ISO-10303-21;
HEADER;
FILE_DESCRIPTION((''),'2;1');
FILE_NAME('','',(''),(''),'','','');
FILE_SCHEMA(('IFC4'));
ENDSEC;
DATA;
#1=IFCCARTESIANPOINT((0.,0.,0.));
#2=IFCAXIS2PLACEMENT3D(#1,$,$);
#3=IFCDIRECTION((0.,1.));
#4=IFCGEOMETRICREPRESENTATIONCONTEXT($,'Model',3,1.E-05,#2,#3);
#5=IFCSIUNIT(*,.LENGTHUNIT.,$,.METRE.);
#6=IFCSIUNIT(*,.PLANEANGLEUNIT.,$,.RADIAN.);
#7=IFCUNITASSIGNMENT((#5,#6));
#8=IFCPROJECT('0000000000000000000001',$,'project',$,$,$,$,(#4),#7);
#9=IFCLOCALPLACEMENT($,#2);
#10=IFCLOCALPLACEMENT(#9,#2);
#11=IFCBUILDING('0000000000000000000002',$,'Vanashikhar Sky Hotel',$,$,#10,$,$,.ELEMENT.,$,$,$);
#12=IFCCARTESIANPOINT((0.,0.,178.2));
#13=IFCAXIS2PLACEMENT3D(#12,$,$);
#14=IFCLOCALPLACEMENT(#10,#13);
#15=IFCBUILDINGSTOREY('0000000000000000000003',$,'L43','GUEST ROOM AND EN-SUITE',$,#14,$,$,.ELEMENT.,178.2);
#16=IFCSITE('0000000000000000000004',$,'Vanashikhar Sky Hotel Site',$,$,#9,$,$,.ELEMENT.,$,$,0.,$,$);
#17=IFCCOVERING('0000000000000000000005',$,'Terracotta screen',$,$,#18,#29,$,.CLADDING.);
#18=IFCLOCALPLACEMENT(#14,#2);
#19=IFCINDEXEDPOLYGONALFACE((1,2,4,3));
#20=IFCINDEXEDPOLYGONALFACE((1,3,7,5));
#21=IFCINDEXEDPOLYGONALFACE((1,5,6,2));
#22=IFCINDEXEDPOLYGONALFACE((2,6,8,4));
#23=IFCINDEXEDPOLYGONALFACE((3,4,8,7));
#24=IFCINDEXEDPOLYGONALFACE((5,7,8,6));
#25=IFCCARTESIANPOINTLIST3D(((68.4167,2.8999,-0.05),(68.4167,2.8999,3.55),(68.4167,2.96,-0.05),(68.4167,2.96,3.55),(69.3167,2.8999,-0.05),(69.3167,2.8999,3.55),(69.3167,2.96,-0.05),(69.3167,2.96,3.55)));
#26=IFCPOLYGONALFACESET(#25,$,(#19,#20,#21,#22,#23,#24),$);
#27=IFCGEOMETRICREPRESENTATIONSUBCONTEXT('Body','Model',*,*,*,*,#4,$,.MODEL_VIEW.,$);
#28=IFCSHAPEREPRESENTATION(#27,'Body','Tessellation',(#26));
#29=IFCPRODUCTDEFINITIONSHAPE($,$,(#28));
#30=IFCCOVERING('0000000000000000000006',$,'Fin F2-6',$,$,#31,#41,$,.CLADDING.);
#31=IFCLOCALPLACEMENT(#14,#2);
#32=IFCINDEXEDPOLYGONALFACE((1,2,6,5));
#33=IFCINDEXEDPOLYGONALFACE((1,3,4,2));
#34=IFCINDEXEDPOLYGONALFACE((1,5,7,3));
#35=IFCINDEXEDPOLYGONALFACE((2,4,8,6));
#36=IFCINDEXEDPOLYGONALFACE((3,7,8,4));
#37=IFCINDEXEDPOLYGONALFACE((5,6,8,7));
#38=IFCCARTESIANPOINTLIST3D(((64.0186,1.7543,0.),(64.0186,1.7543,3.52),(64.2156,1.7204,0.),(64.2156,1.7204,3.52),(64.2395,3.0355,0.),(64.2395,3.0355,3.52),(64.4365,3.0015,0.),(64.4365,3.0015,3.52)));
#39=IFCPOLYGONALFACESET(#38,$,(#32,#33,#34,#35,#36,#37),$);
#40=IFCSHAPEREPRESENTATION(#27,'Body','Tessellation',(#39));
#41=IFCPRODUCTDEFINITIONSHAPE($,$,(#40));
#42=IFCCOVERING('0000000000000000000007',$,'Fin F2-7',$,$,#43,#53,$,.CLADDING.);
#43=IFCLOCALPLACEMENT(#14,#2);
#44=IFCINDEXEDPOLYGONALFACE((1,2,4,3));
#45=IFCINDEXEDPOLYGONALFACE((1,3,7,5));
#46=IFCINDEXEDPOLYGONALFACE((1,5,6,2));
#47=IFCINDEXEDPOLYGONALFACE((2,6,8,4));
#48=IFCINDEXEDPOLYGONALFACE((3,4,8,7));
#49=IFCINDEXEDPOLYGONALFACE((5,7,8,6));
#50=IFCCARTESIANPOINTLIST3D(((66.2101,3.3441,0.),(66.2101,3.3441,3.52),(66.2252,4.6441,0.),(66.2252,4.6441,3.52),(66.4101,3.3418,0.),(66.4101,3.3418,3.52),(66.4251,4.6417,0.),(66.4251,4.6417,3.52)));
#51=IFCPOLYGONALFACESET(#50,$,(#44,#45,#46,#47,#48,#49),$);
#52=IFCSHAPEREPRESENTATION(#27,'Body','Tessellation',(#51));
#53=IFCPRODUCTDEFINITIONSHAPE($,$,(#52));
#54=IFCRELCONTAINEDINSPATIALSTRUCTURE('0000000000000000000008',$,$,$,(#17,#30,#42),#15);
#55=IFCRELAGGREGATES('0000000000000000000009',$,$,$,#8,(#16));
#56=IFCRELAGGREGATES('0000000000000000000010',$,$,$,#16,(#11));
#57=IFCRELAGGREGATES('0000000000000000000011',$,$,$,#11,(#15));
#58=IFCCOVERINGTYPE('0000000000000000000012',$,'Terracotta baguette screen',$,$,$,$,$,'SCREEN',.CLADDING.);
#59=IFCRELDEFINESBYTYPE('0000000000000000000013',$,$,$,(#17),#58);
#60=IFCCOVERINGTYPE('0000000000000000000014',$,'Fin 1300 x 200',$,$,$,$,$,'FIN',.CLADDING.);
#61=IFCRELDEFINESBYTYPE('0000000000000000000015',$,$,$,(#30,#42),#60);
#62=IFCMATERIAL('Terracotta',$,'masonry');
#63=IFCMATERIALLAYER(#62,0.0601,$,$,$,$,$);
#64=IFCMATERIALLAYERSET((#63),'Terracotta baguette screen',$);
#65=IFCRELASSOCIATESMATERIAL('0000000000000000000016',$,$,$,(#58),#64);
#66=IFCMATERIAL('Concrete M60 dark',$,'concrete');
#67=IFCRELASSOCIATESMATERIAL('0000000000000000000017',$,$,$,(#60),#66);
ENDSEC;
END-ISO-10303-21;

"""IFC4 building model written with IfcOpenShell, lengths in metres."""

from ifc_helpers import new_model, si_unit, direction, frame, origin, origin_2d, place, context, subcontext, project, spatial, rectangle, extrude, source, transform, mapped, material, layer, layer_set, material_profile, profile_set, type_object, element, save


model = new_model("IFC4")

# Units and contexts
model_context = context("Model", 3, precision=1e-05, world=origin(), true_north=direction((0.0, 1.0)))
body_context = subcontext(model_context, "Body", "Model", "MODEL_VIEW")
ifc_project = project(units=[si_unit("LENGTHUNIT", "METRE"), si_unit("PLANEANGLEUNIT", "RADIAN")], contexts=[model_context])

# Site, building, storey
site_placement = place(None, origin())
site = spatial("IfcSite", under=ifc_project, at=site_placement, Name="Vanashikhar Sky Hotel Site", CompositionType="ELEMENT", RefElevation=0.0)
building_placement = place(site_placement, origin())
building = spatial("IfcBuilding", under=site, at=building_placement, Name="Vanashikhar Sky Hotel", CompositionType="ELEMENT")
storey_placement = place(building_placement, frame((0.0, 0.0, 178.2)))
storey = spatial("IfcBuildingStorey", under=building, at=storey_placement, Name="L43", Description="GUEST ROOM AND EN-SUITE", CompositionType="ELEMENT", Elevation=178.2)

# Coverings
ifc_material_1 = material(Name="Terracotta", Category="masonry")
ifc_layer_1 = layer(ifc_material_1, 0.0601)
ifc_layer_set_1 = layer_set([ifc_layer_1], Name="Terracotta baguette screen")
covering_type_1 = type_object("IfcCoveringType", Name="Terracotta baguette screen", ElementType="SCREEN", PredefinedType="CLADDING", material=ifc_layer_set_1)
shared_shape_1 = source(origin(), body_context, "Body", "SweptSolid", [
    extrude(rectangle(XDim=0.8999, YDim=0.0601, at=origin_2d()), origin(), (0.0, 0.0, 1.0), 3.6001),
])
covering_placement = place(storey_placement, frame((68.8667, 2.9299, -0.05), z_axis=(0.0, 0.0, 1.0), x_axis=(1.0, 0.0, 0.0)))
element("IfcCovering", 1, at=covering_placement, inside=storey, type_object=covering_type_1, Name="Terracotta screen", PredefinedType="CLADDING", context=body_context, shape_type="MappedRepresentation", body=[
    mapped(shared_shape_1, transform((0.0, 0.0, 0.0), scale=1.0)),
])
ifc_material_2 = material(Name="Concrete M60 dark", Category="concrete")
ifc_material_profile_1 = material_profile(ifc_material_2, rectangle(XDim=1.3, YDim=0.2, at=origin_2d()))
ifc_profile_set_1 = profile_set([ifc_material_profile_1], Name="Fin 1300 x 200")
covering_type_2 = type_object("IfcCoveringType", Name="Fin 1300 x 200", ElementType="FIN", PredefinedType="CLADDING", material=ifc_profile_set_1)
shared_shape_2 = source(origin(), body_context, "Body", "SweptSolid", [
    extrude(rectangle(XDim=1.3, YDim=0.2, at=origin_2d()), origin(), (0.0, 0.0, 1.0), 3.52),
])
for number, where, z_axis, x_axis, name in (
    (2, (64.2275, 2.3779, 0.0), (0.0, 0.0, 1.0), (-0.1699, -0.985461, 0.0), "Fin F2-6"),
    (3, (66.3176, 3.9929, 0.0), (0.0, 0.0, 1.0), (-0.011589, -0.999933, 0.0), "Fin F2-7"),
):
    element("IfcCovering", number, at=place(storey_placement, frame(where, z_axis=z_axis, x_axis=x_axis)), inside=storey, type_object=covering_type_2, Name=name, PredefinedType="CLADDING", context=body_context, shape_type="MappedRepresentation", body=[
        mapped(shared_shape_2, transform((0.0, 0.0, 0.0), scale=1.0)),
    ])

save(model, "model.ifc")
